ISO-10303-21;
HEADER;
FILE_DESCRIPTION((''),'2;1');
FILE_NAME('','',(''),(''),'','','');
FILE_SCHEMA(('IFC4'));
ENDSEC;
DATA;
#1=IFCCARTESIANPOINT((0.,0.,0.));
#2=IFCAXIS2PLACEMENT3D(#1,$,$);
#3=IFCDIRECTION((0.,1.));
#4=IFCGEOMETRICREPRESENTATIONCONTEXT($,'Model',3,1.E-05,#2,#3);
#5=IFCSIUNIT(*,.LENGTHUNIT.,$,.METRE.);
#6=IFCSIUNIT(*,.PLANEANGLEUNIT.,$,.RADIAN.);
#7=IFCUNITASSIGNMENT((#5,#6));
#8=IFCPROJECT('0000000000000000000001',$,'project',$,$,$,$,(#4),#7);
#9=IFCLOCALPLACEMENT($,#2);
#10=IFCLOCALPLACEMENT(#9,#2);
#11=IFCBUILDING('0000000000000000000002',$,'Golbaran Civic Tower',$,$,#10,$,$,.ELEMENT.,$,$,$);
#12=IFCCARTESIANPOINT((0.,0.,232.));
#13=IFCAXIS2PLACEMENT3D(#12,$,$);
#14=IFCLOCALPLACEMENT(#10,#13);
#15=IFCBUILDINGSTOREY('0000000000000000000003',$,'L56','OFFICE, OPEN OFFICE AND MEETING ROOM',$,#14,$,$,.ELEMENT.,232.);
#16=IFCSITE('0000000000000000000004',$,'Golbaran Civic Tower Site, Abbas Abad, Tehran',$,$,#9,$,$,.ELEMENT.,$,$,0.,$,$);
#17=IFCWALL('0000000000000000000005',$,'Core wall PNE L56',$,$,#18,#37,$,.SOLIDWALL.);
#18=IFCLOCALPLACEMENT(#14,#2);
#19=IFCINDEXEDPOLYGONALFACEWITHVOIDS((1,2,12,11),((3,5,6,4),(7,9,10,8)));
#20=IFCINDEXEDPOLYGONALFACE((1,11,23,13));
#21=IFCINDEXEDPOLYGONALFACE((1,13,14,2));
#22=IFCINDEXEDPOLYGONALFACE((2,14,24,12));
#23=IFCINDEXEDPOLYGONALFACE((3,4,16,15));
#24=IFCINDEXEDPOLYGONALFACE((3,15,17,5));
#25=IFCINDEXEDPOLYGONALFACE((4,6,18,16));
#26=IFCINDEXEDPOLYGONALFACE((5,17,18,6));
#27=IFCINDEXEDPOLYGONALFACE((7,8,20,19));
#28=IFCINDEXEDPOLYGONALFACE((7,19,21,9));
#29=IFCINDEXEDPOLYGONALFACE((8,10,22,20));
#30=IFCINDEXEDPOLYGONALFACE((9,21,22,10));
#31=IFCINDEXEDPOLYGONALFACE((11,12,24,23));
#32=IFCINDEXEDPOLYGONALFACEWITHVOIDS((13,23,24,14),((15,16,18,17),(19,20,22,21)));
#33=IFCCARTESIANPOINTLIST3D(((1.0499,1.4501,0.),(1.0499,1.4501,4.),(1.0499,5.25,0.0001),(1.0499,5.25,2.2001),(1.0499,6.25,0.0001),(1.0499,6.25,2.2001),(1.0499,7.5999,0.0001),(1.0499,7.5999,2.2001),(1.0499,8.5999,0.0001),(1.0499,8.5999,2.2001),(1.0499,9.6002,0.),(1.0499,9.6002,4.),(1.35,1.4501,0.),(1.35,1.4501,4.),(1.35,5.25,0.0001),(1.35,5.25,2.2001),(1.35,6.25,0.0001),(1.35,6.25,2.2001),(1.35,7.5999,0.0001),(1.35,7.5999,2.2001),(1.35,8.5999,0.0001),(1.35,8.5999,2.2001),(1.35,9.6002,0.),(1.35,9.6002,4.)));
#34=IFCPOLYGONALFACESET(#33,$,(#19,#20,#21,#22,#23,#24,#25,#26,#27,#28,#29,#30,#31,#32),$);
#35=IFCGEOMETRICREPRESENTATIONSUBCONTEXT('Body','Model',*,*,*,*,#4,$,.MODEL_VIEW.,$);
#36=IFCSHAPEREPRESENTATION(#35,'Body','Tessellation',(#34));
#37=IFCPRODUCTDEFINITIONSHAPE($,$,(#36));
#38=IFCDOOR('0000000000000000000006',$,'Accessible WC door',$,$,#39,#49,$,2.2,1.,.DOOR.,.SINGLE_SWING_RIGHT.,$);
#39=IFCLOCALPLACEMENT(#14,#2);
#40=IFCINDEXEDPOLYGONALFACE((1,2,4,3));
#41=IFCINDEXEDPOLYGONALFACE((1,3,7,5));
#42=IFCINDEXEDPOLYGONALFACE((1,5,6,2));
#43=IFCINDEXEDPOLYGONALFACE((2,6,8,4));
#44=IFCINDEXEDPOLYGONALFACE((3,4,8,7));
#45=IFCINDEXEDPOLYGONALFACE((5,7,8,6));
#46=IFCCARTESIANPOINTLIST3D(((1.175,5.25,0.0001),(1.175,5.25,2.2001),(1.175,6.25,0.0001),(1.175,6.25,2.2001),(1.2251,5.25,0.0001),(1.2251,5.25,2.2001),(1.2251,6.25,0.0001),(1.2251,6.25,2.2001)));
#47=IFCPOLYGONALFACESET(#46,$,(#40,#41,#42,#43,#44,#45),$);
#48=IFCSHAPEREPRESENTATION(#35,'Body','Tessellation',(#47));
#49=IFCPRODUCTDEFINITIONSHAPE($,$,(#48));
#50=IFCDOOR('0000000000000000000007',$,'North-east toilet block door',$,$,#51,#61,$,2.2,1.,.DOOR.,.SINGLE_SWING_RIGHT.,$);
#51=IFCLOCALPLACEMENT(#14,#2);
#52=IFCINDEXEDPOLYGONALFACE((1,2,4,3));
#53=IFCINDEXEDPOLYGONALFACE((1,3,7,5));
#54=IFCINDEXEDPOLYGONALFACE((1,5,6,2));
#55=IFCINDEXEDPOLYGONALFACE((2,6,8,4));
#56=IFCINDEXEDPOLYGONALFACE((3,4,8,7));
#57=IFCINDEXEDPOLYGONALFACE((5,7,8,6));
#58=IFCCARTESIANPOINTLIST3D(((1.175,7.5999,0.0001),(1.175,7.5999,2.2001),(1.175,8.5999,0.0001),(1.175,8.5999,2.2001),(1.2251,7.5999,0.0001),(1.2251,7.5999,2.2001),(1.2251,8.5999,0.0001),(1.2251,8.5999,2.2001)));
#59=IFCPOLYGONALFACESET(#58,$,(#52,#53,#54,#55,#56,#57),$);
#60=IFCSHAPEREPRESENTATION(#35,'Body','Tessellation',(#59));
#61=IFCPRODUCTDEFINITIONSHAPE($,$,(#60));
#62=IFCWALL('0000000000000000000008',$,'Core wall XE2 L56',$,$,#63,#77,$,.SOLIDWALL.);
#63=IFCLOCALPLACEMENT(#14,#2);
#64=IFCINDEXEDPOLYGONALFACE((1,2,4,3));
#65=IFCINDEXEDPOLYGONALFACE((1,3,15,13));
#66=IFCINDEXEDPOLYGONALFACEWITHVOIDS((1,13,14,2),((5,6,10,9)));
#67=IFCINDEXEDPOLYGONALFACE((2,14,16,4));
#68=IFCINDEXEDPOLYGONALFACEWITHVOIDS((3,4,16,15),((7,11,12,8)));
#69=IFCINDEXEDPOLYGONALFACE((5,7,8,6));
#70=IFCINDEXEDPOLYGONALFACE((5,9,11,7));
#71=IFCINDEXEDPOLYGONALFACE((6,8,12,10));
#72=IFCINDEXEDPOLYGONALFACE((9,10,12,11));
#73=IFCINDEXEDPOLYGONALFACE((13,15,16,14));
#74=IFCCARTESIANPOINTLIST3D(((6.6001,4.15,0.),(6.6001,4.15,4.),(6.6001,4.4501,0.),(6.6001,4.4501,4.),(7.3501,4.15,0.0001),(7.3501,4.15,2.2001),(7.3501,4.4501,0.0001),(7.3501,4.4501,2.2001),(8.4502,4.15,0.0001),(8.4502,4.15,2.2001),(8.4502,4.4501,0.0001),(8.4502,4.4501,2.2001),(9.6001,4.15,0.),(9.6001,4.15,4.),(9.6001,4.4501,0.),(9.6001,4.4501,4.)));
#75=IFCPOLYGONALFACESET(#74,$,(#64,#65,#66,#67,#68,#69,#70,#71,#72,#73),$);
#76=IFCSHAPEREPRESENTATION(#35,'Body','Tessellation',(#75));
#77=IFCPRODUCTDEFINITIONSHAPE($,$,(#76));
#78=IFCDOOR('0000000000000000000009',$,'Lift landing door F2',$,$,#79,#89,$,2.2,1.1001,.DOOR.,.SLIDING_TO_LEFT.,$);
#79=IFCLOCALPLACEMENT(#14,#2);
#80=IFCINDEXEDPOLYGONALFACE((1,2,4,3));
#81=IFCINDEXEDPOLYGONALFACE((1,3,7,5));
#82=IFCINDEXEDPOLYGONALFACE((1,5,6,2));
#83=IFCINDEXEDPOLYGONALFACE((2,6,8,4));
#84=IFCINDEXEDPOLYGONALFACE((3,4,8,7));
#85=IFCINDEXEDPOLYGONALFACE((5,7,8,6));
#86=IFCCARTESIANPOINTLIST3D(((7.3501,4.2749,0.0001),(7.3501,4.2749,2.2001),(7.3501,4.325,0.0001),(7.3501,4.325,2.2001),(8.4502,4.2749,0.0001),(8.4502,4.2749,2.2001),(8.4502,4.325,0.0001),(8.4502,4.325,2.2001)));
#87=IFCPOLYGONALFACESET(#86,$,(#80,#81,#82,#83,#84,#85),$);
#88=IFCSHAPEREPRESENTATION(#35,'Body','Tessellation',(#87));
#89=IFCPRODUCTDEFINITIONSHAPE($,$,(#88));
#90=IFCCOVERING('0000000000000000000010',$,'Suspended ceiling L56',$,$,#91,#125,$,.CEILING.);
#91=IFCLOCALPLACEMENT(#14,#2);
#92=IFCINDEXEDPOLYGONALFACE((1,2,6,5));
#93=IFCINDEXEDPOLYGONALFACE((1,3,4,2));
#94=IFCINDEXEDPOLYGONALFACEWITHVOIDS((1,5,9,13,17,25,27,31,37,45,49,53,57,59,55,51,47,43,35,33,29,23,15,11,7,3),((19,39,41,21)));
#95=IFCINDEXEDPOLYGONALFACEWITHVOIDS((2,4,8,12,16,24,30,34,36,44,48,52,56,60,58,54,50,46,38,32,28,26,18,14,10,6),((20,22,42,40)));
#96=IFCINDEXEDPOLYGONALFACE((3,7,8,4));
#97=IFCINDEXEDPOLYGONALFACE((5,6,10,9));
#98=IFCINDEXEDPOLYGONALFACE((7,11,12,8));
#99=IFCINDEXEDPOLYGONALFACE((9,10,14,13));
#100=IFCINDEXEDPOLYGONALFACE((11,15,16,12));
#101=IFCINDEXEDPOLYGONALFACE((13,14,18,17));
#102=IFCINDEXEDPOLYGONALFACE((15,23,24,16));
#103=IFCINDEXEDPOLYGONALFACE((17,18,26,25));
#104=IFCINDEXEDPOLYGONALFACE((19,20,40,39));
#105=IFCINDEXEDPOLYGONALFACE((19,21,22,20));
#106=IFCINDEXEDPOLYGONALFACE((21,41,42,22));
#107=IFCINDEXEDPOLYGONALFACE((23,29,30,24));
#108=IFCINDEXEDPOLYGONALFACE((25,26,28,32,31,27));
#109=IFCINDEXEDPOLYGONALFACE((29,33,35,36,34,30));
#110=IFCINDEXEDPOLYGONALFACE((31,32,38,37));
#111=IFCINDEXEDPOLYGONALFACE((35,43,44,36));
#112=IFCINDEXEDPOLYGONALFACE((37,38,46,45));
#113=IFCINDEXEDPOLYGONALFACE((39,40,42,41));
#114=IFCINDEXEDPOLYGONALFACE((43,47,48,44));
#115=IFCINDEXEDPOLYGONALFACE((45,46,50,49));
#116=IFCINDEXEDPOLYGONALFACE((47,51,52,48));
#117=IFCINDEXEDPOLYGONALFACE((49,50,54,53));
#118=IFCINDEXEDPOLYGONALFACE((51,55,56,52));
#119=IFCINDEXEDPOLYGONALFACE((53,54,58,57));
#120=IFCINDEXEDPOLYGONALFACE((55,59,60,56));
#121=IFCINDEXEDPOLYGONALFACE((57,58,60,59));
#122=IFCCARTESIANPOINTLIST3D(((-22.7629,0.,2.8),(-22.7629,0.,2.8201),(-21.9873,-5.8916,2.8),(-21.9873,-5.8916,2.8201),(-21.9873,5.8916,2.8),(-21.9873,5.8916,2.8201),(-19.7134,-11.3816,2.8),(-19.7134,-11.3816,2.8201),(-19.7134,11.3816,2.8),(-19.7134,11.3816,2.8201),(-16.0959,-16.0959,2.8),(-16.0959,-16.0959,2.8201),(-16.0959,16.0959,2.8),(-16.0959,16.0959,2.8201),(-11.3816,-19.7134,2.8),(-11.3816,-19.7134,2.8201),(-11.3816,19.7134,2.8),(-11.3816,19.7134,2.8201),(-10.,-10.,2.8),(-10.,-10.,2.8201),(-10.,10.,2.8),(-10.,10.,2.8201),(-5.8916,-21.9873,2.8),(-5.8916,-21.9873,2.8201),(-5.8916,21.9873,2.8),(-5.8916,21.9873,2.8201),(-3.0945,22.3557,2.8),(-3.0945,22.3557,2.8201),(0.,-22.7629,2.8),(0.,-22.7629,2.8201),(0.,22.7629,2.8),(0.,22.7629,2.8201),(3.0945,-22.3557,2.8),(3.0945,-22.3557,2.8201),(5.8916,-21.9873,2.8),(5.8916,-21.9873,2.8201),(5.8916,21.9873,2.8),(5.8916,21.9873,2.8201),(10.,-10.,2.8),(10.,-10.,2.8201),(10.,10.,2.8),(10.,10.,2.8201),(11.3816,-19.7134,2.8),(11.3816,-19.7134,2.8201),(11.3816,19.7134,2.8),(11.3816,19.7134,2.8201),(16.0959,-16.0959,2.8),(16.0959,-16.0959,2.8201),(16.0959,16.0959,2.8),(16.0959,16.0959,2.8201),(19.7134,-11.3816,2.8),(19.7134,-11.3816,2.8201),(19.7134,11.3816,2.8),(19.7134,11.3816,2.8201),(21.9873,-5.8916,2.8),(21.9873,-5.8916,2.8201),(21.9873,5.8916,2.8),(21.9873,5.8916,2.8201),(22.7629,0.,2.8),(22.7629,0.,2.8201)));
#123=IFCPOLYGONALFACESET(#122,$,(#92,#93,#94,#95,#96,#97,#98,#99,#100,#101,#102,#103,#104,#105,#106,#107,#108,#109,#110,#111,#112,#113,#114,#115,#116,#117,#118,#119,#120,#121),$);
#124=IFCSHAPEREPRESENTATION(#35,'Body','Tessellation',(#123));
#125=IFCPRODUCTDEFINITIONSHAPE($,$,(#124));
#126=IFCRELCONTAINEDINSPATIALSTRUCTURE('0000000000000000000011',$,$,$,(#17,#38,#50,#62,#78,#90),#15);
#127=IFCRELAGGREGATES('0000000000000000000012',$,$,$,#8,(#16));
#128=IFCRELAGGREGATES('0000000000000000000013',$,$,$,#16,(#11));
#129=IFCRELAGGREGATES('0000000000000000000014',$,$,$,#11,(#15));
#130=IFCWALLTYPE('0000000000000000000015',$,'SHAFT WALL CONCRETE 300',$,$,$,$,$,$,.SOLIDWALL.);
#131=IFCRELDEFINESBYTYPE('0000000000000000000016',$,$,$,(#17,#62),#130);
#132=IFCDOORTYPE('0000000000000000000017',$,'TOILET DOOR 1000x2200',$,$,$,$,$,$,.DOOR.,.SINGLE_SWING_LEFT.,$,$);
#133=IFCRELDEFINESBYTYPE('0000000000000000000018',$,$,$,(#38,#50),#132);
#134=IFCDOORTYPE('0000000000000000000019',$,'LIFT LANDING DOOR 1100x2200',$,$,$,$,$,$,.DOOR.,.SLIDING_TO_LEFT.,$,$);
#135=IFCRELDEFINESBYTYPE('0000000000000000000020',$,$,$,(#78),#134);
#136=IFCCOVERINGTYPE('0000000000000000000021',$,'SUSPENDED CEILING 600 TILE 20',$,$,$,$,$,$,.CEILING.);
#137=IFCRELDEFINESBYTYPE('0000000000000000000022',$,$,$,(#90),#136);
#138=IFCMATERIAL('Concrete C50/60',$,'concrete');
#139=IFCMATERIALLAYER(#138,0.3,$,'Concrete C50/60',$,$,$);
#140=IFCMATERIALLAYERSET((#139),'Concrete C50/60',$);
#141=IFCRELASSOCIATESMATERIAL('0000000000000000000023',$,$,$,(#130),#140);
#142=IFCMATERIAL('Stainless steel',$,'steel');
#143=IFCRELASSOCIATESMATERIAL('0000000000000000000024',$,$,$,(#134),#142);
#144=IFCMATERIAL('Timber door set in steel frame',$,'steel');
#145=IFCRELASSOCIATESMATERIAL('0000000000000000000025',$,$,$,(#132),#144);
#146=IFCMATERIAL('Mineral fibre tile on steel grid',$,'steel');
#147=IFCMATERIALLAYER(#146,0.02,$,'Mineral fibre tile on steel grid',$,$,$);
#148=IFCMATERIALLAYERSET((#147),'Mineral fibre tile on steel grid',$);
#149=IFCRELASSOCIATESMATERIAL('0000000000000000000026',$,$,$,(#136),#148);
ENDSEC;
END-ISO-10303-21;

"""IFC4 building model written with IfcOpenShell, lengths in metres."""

from ifc_helpers import new_model, si_unit, direction, frame, frame_2d, origin, place, context, subcontext, project, spatial, polyline, rectangle, outline, extrude, material, layer, layer_set, type_object, element, fill, save


model = new_model("IFC4")

# Units and contexts
model_context = context("Model", 3, precision=1e-05, world=origin(), true_north=direction((0.0, 1.0)))
body_context = subcontext(model_context, "Body", "Model", "MODEL_VIEW")
ifc_project = project(units=[si_unit("LENGTHUNIT", "METRE"), si_unit("PLANEANGLEUNIT", "RADIAN")], contexts=[model_context])

# Site, building, storey
site_placement = place(None, origin())
site = spatial("IfcSite", under=ifc_project, at=site_placement, Name="Golbaran Civic Tower Site, Abbas Abad, Tehran", CompositionType="ELEMENT", RefElevation=0.0)
building_placement = place(site_placement, origin())
building = spatial("IfcBuilding", under=site, at=building_placement, Name="Golbaran Civic Tower", CompositionType="ELEMENT")
storey_placement = place(building_placement, frame((0.0, 0.0, 232.0)))
storey = spatial("IfcBuildingStorey", under=building, at=storey_placement, Name="L56", Description="OFFICE, OPEN OFFICE AND MEETING ROOM", CompositionType="ELEMENT", Elevation=232.0)

# Shared definitions
ifc_material_1 = material(Name="Timber door set in steel frame", Category="steel")

# Shared definitions
ifc_material_2 = material(Name="Concrete C50/60", Category="concrete")
ifc_layer_1 = layer(ifc_material_2, 0.3, Name="Concrete C50/60")
ifc_layer_set_1 = layer_set([ifc_layer_1], Name="Concrete C50/60")
wall_type_1 = type_object("IfcWallType", Name="SHAFT WALL CONCRETE 300", PredefinedType="SOLIDWALL", material=ifc_layer_set_1)
ifc_material_3 = material(Name="Stainless steel", Category="steel")
door_type_1 = type_object("IfcDoorType", Name="LIFT LANDING DOOR 1100x2200", OperationType="SLIDING_TO_LEFT", PredefinedType="DOOR", material=ifc_material_3)

# Wall, openings, doors
wall_1_placement = place(storey_placement, frame((1.2, 1.45, 0.0), z_axis=(0.0, 0.0, 1.0), x_axis=(0.0, 1.0, 0.0)))
wall_1 = element("IfcWall", 1, at=wall_1_placement, inside=storey, type_object=wall_type_1, Name="Core wall PNE L56", PredefinedType="SOLIDWALL", context=body_context, shape_type="SweptSolid", body=[
    extrude(rectangle(XDim=8.1501, YDim=0.3, at=frame_2d((4.0752, 0.0))), origin(), (0.0, 0.0, 1.0), 4.0),
])
opening_1_placement = place(wall_1_placement, frame((3.8, 0.0, 0.0)))
opening_1 = element("IfcOpeningElement", 2, at=opening_1_placement, cuts=wall_1, PredefinedType="OPENING", context=body_context, shape_type="SweptSolid", body=[
    extrude(rectangle(XDim=1.0, YDim=2.2, at=frame_2d((0.5, 1.1001))), frame((0.0, 0.1599, 0.0), z_axis=(0.0, -1.0, 0.0), x_axis=(1.0, 0.0, 0.0)), (0.0, 0.0, 1.0), 0.3201),
])
opening_2_placement = place(wall_1_placement, frame((6.1499, 0.0, 0.0)))
opening_2 = element("IfcOpeningElement", 3, at=opening_2_placement, cuts=wall_1, PredefinedType="OPENING", context=body_context, shape_type="SweptSolid", body=[
    extrude(rectangle(XDim=1.0, YDim=2.2, at=frame_2d((0.5, 1.1001))), frame((0.0, 0.1599, 0.0), z_axis=(0.0, -1.0, 0.0), x_axis=(1.0, 0.0, 0.0)), (0.0, 0.0, 1.0), 0.3201),
])
door_type_2 = type_object("IfcDoorType", Name="TOILET DOOR 1000x2200", OperationType="SINGLE_SWING_LEFT", PredefinedType="DOOR", material=ifc_material_1)
door_1_placement = place(opening_1_placement, origin())
door_1 = element("IfcDoor", 4, at=door_1_placement, inside=storey, type_object=door_type_2, Name="Accessible WC door", OperationType="SINGLE_SWING_RIGHT", OverallHeight=2.2, OverallWidth=1.0, PredefinedType="DOOR", context=body_context, shape_type="SweptSolid", body=[
    extrude(rectangle(XDim=1.0, YDim=2.2, at=frame_2d((0.5, 1.1001))), frame((0.0, 0.0249, 0.0), z_axis=(0.0, -1.0, 0.0), x_axis=(1.0, 0.0, 0.0)), (0.0, 0.0, 1.0), 0.05),
])
fill(opening_1, door_1)
door_2_placement = place(opening_2_placement, origin())
door_2 = element("IfcDoor", 5, at=door_2_placement, inside=storey, type_object=door_type_2, Name="North-east toilet block door", OperationType="SINGLE_SWING_RIGHT", OverallHeight=2.2, OverallWidth=1.0, PredefinedType="DOOR", context=body_context, shape_type="SweptSolid", body=[
    extrude(rectangle(XDim=1.0, YDim=2.2, at=frame_2d((0.5, 1.1001))), frame((0.0, 0.0249, 0.0), z_axis=(0.0, -1.0, 0.0), x_axis=(1.0, 0.0, 0.0)), (0.0, 0.0, 1.0), 0.05),
])
fill(opening_2, door_2)

# Wall, opening, door
wall_2_placement = place(storey_placement, frame((6.6001, 4.3, 0.0), z_axis=(0.0, 0.0, 1.0), x_axis=(1.0, 0.0, 0.0)))
wall_2 = element("IfcWall", 6, at=wall_2_placement, inside=storey, type_object=wall_type_1, Name="Core wall XE2 L56", PredefinedType="SOLIDWALL", context=body_context, shape_type="SweptSolid", body=[
    extrude(rectangle(XDim=3.0, YDim=0.3, at=frame_2d((1.5, 0.0))), origin(), (0.0, 0.0, 1.0), 4.0),
])
opening_3_placement = place(wall_2_placement, frame((0.75, 0.0, 0.0)))
opening_3 = element("IfcOpeningElement", 7, at=opening_3_placement, cuts=wall_2, PredefinedType="OPENING", context=body_context, shape_type="SweptSolid", body=[
    extrude(rectangle(XDim=1.1001, YDim=2.2, at=frame_2d((0.55, 1.1001))), frame((0.0, 0.1599, 0.0), z_axis=(0.0, -1.0, 0.0), x_axis=(1.0, 0.0, 0.0)), (0.0, 0.0, 1.0), 0.3201),
])
door_3_placement = place(opening_3_placement, origin())
door_3 = element("IfcDoor", 8, at=door_3_placement, inside=storey, type_object=door_type_1, Name="Lift landing door F2", OperationType="SLIDING_TO_LEFT", OverallHeight=2.2, OverallWidth=1.1001, PredefinedType="DOOR", context=body_context, shape_type="SweptSolid", body=[
    extrude(rectangle(XDim=1.1001, YDim=2.2, at=frame_2d((0.55, 1.1001))), frame((0.0, 0.0249, 0.0), z_axis=(0.0, -1.0, 0.0), x_axis=(1.0, 0.0, 0.0)), (0.0, 0.0, 1.0), 0.05),
])
fill(opening_3, door_3)

# Covering
ifc_material_4 = material(Name="Mineral fibre tile on steel grid", Category="steel")
ifc_layer_2 = layer(ifc_material_4, 0.02, Name="Mineral fibre tile on steel grid")
ifc_layer_set_2 = layer_set([ifc_layer_2], Name="Mineral fibre tile on steel grid")
covering_type = type_object("IfcCoveringType", Name="SUSPENDED CEILING 600 TILE 20", PredefinedType="CEILING", material=ifc_layer_set_2)
covering_placement = place(storey_placement, frame((0.0, 0.0, 2.8)))
element("IfcCovering", 9, at=covering_placement, inside=storey, type_object=covering_type, Name="Suspended ceiling L56", PredefinedType="CEILING", context=body_context, shape_type="SweptSolid", body=[
    extrude(outline(polyline([(-19.7134, 11.3816), (-16.0959, 16.0959), (-11.3816, 19.7134), (-5.8916, 21.9873), (-3.0945, 22.3557), (0.0, 22.7629), (5.8916, 21.9873), (11.3816, 19.7134), (16.0959, 16.0959), (19.7134, 11.3816), (21.9873, 5.8916), (22.7629, 0.0), (21.9873, -5.8916), (19.7134, -11.3816), (16.0959, -16.0959), (11.3816, -19.7134), (5.8916, -21.9873), (3.0945, -22.3557), (0.0, -22.7629), (-5.8916, -21.9873), (-11.3816, -19.7134), (-16.0959, -16.0959), (-19.7134, -11.3816), (-21.9873, -5.8916), (-22.7629, 0.0), (-21.9873, 5.8916), (-19.7134, 11.3816)]), holes=[polyline([(-10.0, -10.0), (10.0, -10.0), (10.0, 10.0), (-10.0, 10.0), (-10.0, -10.0)])]), origin(), (0.0, 0.0, 1.0), 0.02),
])

save(model, "model.ifc")
